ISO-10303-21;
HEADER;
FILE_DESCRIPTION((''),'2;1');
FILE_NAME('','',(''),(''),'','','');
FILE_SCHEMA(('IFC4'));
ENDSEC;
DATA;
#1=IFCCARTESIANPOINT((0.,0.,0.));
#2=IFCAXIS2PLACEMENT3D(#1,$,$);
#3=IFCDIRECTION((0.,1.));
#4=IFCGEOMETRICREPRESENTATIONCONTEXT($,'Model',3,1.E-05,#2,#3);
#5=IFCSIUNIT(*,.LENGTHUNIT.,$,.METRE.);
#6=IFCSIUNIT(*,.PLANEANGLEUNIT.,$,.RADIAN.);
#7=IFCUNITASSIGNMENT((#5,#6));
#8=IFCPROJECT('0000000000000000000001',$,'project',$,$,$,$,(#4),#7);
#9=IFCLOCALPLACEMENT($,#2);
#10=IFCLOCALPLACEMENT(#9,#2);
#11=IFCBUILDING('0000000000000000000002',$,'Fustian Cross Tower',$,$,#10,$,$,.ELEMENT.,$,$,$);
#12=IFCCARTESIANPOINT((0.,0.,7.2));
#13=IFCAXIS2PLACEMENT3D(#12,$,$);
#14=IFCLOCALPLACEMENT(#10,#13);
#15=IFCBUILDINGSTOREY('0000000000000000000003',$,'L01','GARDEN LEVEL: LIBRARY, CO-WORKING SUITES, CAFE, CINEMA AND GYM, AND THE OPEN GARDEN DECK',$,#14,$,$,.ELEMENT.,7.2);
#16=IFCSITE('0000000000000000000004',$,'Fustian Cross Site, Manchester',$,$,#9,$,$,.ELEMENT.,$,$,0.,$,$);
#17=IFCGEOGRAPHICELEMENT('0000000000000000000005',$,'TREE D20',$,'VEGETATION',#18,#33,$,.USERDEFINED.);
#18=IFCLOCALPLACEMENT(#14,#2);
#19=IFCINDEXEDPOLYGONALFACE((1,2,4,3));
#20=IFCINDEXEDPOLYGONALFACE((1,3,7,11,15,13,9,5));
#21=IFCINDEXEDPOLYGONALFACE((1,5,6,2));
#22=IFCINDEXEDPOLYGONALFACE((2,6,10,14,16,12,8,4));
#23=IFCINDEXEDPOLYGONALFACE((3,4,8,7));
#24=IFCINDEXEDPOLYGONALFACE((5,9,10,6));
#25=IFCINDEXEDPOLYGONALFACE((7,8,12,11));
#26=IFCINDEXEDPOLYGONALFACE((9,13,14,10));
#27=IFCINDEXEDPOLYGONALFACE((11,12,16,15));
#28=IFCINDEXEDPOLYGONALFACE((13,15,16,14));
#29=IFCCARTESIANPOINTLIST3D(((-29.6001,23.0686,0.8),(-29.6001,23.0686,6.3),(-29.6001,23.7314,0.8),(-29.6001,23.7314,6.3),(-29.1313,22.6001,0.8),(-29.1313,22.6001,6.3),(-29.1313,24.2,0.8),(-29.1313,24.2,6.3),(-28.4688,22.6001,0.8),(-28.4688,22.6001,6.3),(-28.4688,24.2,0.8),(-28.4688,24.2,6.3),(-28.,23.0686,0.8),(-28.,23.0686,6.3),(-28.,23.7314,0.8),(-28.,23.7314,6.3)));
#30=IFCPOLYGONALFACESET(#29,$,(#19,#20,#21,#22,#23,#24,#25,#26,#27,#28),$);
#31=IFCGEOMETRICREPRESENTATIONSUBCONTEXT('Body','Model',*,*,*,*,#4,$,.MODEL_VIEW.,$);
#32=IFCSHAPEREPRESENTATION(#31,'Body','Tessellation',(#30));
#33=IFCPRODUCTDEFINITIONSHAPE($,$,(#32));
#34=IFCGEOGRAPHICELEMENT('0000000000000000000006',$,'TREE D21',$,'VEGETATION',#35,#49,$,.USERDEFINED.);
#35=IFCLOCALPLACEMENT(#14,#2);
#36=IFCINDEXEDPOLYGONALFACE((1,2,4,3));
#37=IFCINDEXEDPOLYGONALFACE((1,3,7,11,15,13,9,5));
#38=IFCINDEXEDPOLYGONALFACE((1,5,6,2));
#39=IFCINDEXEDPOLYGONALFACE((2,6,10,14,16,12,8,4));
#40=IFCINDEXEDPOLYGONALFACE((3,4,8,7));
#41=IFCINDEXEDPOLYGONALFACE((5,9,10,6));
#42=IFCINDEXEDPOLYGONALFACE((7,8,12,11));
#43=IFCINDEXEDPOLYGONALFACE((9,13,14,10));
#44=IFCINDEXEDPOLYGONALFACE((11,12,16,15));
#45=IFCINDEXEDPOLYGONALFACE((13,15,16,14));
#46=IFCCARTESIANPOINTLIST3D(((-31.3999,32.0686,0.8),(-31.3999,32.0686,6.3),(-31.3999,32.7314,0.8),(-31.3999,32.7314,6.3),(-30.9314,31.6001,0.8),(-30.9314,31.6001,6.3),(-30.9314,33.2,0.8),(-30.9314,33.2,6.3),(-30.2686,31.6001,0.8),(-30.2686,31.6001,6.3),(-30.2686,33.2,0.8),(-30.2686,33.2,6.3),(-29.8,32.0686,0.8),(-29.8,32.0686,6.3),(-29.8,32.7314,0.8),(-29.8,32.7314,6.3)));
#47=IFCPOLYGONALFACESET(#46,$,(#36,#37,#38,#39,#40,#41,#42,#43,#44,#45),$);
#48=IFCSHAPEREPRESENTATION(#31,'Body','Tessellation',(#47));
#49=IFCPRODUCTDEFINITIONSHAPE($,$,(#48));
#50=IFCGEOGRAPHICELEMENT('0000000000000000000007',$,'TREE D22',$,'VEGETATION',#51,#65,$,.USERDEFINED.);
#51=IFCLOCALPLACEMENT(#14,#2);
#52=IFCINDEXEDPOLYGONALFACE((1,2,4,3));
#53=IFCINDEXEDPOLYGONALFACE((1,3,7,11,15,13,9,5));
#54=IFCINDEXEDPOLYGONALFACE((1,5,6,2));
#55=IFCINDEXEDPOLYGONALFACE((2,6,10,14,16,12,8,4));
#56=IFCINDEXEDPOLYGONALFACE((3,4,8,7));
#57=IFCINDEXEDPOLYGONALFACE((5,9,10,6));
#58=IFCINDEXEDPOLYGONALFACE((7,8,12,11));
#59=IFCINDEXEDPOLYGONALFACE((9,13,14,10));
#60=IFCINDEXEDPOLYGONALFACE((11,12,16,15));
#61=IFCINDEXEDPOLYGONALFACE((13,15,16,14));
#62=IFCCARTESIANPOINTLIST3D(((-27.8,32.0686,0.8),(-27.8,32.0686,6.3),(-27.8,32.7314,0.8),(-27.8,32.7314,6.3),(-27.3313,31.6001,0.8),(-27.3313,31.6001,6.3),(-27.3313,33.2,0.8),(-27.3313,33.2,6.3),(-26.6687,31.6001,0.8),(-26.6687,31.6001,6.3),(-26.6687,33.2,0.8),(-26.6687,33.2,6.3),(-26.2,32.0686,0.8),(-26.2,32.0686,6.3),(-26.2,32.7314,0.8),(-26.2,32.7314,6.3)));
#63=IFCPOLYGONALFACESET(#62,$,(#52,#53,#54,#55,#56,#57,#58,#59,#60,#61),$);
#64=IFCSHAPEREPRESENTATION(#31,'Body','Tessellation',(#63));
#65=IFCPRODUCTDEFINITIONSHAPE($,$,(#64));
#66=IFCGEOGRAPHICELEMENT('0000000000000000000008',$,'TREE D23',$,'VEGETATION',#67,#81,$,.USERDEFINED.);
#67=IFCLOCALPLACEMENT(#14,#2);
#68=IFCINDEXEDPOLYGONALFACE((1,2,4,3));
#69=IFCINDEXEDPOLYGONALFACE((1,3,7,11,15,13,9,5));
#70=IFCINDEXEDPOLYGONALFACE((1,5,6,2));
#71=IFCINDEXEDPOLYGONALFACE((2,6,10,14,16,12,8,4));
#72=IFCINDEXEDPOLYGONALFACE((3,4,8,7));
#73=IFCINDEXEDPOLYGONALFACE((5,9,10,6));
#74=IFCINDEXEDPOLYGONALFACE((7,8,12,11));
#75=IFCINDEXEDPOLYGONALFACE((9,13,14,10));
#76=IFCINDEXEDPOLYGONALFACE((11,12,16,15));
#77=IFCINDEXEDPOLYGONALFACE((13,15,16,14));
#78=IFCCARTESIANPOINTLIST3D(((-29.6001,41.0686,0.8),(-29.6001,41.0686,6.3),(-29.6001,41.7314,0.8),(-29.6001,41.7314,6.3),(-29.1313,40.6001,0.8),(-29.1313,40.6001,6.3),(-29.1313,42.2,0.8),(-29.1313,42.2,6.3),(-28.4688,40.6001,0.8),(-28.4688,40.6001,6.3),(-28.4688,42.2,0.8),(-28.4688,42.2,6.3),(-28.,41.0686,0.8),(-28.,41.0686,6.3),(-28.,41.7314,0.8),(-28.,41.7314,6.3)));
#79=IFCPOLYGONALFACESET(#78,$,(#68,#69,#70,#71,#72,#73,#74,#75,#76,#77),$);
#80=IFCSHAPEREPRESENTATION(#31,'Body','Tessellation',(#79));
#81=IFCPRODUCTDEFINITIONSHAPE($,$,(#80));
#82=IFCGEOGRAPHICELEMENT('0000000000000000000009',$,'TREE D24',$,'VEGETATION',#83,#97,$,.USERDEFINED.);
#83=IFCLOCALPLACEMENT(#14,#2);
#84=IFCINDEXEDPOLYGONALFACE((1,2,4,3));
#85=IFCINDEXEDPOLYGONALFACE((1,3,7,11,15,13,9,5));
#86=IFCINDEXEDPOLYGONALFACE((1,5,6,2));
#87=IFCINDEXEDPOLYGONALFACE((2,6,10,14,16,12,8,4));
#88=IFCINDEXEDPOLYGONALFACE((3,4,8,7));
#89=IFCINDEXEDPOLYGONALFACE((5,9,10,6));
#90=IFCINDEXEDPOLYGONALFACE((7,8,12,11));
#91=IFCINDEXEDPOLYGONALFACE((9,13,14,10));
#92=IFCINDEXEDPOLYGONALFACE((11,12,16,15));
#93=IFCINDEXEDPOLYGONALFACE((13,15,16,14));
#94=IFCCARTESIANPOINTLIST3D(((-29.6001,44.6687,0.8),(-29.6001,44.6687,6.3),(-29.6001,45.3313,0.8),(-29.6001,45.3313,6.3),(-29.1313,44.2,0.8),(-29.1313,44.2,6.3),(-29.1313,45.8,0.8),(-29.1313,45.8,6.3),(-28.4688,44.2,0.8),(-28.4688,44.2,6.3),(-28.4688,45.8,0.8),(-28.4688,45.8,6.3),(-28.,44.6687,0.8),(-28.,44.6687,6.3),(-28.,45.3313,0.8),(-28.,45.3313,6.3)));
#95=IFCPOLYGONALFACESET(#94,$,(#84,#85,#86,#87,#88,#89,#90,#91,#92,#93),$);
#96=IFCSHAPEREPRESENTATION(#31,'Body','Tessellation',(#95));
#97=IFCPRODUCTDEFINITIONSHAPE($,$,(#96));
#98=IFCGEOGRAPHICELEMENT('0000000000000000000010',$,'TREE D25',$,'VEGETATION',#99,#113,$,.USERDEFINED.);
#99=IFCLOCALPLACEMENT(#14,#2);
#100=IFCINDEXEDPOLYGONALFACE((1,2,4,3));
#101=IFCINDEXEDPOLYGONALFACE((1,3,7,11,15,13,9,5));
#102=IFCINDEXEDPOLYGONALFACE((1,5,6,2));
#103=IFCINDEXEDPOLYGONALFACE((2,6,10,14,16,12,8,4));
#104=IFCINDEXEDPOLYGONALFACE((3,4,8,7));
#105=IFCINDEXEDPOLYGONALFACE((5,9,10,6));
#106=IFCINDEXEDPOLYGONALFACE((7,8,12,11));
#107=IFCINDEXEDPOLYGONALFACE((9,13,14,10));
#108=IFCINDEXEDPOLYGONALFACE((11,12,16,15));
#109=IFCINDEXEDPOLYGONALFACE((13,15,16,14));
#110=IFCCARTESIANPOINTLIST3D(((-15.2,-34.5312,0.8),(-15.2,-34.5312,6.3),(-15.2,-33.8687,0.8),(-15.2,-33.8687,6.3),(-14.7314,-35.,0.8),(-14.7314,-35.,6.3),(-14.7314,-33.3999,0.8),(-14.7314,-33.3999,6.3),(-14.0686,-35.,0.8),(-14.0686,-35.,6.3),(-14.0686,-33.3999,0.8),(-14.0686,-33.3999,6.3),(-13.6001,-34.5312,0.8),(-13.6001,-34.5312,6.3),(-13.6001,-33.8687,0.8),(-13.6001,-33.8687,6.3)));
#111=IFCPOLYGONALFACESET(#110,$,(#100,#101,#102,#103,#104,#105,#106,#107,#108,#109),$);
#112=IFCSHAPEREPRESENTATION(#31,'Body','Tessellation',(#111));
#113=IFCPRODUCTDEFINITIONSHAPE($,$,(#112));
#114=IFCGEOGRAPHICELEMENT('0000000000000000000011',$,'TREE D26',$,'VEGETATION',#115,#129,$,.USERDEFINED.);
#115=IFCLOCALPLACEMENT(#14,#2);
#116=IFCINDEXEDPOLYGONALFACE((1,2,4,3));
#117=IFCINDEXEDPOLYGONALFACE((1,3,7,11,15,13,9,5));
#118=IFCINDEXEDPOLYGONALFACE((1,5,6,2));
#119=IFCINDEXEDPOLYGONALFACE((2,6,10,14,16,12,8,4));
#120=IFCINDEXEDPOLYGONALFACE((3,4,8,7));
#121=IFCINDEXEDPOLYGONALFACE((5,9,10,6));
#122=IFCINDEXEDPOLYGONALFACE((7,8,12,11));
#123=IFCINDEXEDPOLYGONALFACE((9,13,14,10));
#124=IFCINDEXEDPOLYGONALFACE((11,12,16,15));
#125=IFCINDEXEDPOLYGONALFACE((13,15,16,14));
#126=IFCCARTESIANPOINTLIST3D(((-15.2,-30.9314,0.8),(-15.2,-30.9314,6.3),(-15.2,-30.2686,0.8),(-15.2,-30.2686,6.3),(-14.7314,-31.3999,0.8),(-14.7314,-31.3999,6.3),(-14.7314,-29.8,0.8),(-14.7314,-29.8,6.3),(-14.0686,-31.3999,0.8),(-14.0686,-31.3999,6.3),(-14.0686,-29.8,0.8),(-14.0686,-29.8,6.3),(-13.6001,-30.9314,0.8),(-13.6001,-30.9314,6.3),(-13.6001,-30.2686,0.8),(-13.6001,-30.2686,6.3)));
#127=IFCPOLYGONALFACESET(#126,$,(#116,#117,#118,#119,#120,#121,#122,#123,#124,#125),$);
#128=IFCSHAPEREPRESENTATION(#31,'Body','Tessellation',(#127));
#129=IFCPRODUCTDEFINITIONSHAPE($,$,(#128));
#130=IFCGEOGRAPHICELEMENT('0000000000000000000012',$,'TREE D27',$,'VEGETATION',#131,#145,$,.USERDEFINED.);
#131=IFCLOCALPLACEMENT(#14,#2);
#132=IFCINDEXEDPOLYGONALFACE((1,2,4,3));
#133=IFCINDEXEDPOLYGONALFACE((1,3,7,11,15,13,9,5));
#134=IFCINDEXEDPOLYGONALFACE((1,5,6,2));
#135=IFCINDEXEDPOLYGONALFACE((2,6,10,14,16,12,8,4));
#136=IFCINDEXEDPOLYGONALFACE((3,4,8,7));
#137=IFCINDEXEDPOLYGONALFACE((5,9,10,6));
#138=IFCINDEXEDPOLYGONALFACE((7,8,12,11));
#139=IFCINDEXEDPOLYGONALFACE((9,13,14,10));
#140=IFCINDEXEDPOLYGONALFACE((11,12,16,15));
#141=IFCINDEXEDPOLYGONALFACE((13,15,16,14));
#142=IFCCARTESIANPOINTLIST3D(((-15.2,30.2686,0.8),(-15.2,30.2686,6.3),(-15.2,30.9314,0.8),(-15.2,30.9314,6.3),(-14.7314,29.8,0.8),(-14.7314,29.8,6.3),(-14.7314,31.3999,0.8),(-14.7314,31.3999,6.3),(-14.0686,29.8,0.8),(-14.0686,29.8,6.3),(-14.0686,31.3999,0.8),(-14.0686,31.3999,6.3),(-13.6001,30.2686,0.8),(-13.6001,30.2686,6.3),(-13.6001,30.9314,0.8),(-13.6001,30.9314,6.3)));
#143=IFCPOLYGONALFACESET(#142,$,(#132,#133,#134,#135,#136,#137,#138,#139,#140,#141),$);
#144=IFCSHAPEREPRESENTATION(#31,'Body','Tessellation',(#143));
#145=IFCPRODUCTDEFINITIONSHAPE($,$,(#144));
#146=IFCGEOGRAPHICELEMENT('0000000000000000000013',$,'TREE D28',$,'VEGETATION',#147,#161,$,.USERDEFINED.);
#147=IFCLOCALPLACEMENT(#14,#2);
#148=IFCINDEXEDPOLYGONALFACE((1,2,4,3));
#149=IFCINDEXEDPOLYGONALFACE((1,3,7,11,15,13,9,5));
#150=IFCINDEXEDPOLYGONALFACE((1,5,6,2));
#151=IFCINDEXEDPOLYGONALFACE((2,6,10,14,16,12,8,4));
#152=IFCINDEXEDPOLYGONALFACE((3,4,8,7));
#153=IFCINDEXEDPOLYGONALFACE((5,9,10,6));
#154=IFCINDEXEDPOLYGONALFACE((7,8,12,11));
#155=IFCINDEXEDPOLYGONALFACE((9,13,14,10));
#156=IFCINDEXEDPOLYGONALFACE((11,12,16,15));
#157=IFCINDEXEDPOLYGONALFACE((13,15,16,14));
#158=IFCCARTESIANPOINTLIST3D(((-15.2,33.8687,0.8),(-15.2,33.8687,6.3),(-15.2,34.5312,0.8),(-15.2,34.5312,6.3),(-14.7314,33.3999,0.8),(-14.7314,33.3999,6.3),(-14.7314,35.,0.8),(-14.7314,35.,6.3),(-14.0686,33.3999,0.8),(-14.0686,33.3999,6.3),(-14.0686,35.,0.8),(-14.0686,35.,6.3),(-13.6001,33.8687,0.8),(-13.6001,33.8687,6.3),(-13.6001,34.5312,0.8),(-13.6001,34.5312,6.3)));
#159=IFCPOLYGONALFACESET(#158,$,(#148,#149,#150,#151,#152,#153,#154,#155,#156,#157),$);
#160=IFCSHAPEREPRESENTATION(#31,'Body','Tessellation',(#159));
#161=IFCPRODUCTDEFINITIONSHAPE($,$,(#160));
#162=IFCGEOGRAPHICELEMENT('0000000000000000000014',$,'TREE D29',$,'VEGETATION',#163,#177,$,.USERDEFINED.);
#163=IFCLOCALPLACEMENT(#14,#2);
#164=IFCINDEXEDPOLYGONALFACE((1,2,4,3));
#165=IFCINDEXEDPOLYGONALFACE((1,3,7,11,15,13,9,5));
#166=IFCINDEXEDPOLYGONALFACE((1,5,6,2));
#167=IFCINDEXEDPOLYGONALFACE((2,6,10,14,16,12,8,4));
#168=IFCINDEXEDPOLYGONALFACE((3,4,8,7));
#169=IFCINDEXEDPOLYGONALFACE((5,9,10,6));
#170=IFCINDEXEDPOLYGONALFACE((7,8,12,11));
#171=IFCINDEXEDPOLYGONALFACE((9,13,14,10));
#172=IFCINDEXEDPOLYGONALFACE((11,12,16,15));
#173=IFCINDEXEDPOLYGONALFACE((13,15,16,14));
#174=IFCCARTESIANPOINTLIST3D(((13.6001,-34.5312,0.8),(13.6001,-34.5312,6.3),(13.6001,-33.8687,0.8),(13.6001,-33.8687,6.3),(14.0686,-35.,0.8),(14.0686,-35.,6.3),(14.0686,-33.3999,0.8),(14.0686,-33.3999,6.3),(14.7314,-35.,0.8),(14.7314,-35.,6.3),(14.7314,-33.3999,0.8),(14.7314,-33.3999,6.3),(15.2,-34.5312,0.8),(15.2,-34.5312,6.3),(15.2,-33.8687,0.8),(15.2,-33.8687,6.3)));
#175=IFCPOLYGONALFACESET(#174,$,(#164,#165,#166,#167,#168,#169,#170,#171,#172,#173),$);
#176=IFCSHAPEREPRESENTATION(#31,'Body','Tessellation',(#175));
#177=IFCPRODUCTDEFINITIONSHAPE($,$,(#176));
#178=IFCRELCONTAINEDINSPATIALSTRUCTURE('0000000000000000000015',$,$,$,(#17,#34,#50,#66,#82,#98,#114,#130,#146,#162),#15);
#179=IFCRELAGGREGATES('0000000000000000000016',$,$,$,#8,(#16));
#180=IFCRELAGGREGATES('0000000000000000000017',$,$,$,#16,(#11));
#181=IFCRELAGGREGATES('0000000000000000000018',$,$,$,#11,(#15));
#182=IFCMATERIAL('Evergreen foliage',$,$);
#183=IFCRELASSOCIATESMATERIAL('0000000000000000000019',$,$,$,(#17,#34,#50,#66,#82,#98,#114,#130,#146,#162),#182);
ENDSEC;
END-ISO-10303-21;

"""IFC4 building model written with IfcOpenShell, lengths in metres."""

from ifc_helpers import new_model, si_unit, direction, frame, origin, place, context, subcontext, project, spatial, polyline, outline, extrude, material, element, save


model = new_model("IFC4")

# Units and contexts
model_context = context("Model", 3, precision=1e-05, world=origin(), true_north=direction((0.0, 1.0)))
body_context = subcontext(model_context, "Body", "Model", "MODEL_VIEW")
ifc_project = project(units=[si_unit("LENGTHUNIT", "METRE"), si_unit("PLANEANGLEUNIT", "RADIAN")], contexts=[model_context])

# Site, building, storey
site_placement = place(None, origin())
site = spatial("IfcSite", under=ifc_project, at=site_placement, Name="Fustian Cross Site, Manchester", CompositionType="ELEMENT", RefElevation=0.0)
building_placement = place(site_placement, origin())
building = spatial("IfcBuilding", under=site, at=building_placement, Name="Fustian Cross Tower", CompositionType="ELEMENT")
storey_placement = place(building_placement, frame((0.0, 0.0, 7.2)))
storey = spatial("IfcBuildingStorey", under=building, at=storey_placement, Name="L01", Description="GARDEN LEVEL: LIBRARY, CO-WORKING SUITES, CAFE, CINEMA AND GYM, AND THE OPEN GARDEN DECK", CompositionType="ELEMENT", Elevation=7.2)

# Geographic elements
ifc_material = material(Name="Evergreen foliage")
geographic_element_1_placement = place(storey_placement, frame((0.0, 0.0, 0.8)))
element("IfcGeographicElement", 1, at=geographic_element_1_placement, inside=storey, material=ifc_material, Name="TREE D20", ObjectType="VEGETATION", PredefinedType="USERDEFINED", context=body_context, shape_type="SweptSolid", body=[
    extrude(outline(polyline([(-28.0, 23.7314), (-28.4688, 24.2), (-29.1313, 24.2), (-29.6001, 23.7314), (-29.6001, 23.0686), (-29.1313, 22.6001), (-28.4688, 22.6001), (-28.0, 23.0686), (-28.0, 23.7314)])), origin(), (0.0, 0.0, 1.0), 5.5),
])
geographic_element_2_placement = place(storey_placement, frame((0.0, 0.0, 0.8)))
element("IfcGeographicElement", 2, at=geographic_element_2_placement, inside=storey, material=ifc_material, Name="TREE D21", ObjectType="VEGETATION", PredefinedType="USERDEFINED", context=body_context, shape_type="SweptSolid", body=[
    extrude(outline(polyline([(-29.8, 32.7314), (-30.2686, 33.2), (-30.9314, 33.2), (-31.3999, 32.7314), (-31.3999, 32.0686), (-30.9314, 31.6001), (-30.2686, 31.6001), (-29.8, 32.0686), (-29.8, 32.7314)])), origin(), (0.0, 0.0, 1.0), 5.5),
])
geographic_element_3_placement = place(storey_placement, frame((0.0, 0.0, 0.8)))
element("IfcGeographicElement", 3, at=geographic_element_3_placement, inside=storey, material=ifc_material, Name="TREE D22", ObjectType="VEGETATION", PredefinedType="USERDEFINED", context=body_context, shape_type="SweptSolid", body=[
    extrude(outline(polyline([(-26.2, 32.7314), (-26.6687, 33.2), (-27.3313, 33.2), (-27.8, 32.7314), (-27.8, 32.0686), (-27.3313, 31.6001), (-26.6687, 31.6001), (-26.2, 32.0686), (-26.2, 32.7314)])), origin(), (0.0, 0.0, 1.0), 5.5),
])
geographic_element_4_placement = place(storey_placement, frame((0.0, 0.0, 0.8)))
element("IfcGeographicElement", 4, at=geographic_element_4_placement, inside=storey, material=ifc_material, Name="TREE D23", ObjectType="VEGETATION", PredefinedType="USERDEFINED", context=body_context, shape_type="SweptSolid", body=[
    extrude(outline(polyline([(-28.0, 41.7314), (-28.4688, 42.2), (-29.1313, 42.2), (-29.6001, 41.7314), (-29.6001, 41.0686), (-29.1313, 40.6001), (-28.4688, 40.6001), (-28.0, 41.0686), (-28.0, 41.7314)])), origin(), (0.0, 0.0, 1.0), 5.5),
])
geographic_element_5_placement = place(storey_placement, frame((0.0, 0.0, 0.8)))
element("IfcGeographicElement", 5, at=geographic_element_5_placement, inside=storey, material=ifc_material, Name="TREE D24", ObjectType="VEGETATION", PredefinedType="USERDEFINED", context=body_context, shape_type="SweptSolid", body=[
    extrude(outline(polyline([(-28.0, 45.3313), (-28.4688, 45.8), (-29.1313, 45.8), (-29.6001, 45.3313), (-29.6001, 44.6687), (-29.1313, 44.2), (-28.4688, 44.2), (-28.0, 44.6687), (-28.0, 45.3313)])), origin(), (0.0, 0.0, 1.0), 5.5),
])
geographic_element_6_placement = place(storey_placement, frame((0.0, 0.0, 0.8)))
element("IfcGeographicElement", 6, at=geographic_element_6_placement, inside=storey, material=ifc_material, Name="TREE D25", ObjectType="VEGETATION", PredefinedType="USERDEFINED", context=body_context, shape_type="SweptSolid", body=[
    extrude(outline(polyline([(-13.6001, -33.8687), (-14.0686, -33.3999), (-14.7314, -33.3999), (-15.2, -33.8687), (-15.2, -34.5312), (-14.7314, -35.0), (-14.0686, -35.0), (-13.6001, -34.5312), (-13.6001, -33.8687)])), origin(), (0.0, 0.0, 1.0), 5.5),
])
geographic_element_7_placement = place(storey_placement, frame((0.0, 0.0, 0.8)))
element("IfcGeographicElement", 7, at=geographic_element_7_placement, inside=storey, material=ifc_material, Name="TREE D26", ObjectType="VEGETATION", PredefinedType="USERDEFINED", context=body_context, shape_type="SweptSolid", body=[
    extrude(outline(polyline([(-13.6001, -30.2686), (-14.0686, -29.8), (-14.7314, -29.8), (-15.2, -30.2686), (-15.2, -30.9314), (-14.7314, -31.3999), (-14.0686, -31.3999), (-13.6001, -30.9314), (-13.6001, -30.2686)])), origin(), (0.0, 0.0, 1.0), 5.5),
])
geographic_element_8_placement = place(storey_placement, frame((0.0, 0.0, 0.8)))
element("IfcGeographicElement", 8, at=geographic_element_8_placement, inside=storey, material=ifc_material, Name="TREE D27", ObjectType="VEGETATION", PredefinedType="USERDEFINED", context=body_context, shape_type="SweptSolid", body=[
    extrude(outline(polyline([(-13.6001, 30.9314), (-14.0686, 31.3999), (-14.7314, 31.3999), (-15.2, 30.9314), (-15.2, 30.2686), (-14.7314, 29.8), (-14.0686, 29.8), (-13.6001, 30.2686), (-13.6001, 30.9314)])), origin(), (0.0, 0.0, 1.0), 5.5),
])
geographic_element_9_placement = place(storey_placement, frame((0.0, 0.0, 0.8)))
element("IfcGeographicElement", 9, at=geographic_element_9_placement, inside=storey, material=ifc_material, Name="TREE D28", ObjectType="VEGETATION", PredefinedType="USERDEFINED", context=body_context, shape_type="SweptSolid", body=[
    extrude(outline(polyline([(-13.6001, 34.5312), (-14.0686, 35.0), (-14.7314, 35.0), (-15.2, 34.5312), (-15.2, 33.8687), (-14.7314, 33.3999), (-14.0686, 33.3999), (-13.6001, 33.8687), (-13.6001, 34.5312)])), origin(), (0.0, 0.0, 1.0), 5.5),
])
geographic_element_10_placement = place(storey_placement, frame((0.0, 0.0, 0.8)))
element("IfcGeographicElement", 10, at=geographic_element_10_placement, inside=storey, material=ifc_material, Name="TREE D29", ObjectType="VEGETATION", PredefinedType="USERDEFINED", context=body_context, shape_type="SweptSolid", body=[
    extrude(outline(polyline([(15.2, -33.8687), (14.7314, -33.3999), (14.0686, -33.3999), (13.6001, -33.8687), (13.6001, -34.5312), (14.0686, -35.0), (14.7314, -35.0), (15.2, -34.5312), (15.2, -33.8687)])), origin(), (0.0, 0.0, 1.0), 5.5),
])

save(model, "model.ifc")
